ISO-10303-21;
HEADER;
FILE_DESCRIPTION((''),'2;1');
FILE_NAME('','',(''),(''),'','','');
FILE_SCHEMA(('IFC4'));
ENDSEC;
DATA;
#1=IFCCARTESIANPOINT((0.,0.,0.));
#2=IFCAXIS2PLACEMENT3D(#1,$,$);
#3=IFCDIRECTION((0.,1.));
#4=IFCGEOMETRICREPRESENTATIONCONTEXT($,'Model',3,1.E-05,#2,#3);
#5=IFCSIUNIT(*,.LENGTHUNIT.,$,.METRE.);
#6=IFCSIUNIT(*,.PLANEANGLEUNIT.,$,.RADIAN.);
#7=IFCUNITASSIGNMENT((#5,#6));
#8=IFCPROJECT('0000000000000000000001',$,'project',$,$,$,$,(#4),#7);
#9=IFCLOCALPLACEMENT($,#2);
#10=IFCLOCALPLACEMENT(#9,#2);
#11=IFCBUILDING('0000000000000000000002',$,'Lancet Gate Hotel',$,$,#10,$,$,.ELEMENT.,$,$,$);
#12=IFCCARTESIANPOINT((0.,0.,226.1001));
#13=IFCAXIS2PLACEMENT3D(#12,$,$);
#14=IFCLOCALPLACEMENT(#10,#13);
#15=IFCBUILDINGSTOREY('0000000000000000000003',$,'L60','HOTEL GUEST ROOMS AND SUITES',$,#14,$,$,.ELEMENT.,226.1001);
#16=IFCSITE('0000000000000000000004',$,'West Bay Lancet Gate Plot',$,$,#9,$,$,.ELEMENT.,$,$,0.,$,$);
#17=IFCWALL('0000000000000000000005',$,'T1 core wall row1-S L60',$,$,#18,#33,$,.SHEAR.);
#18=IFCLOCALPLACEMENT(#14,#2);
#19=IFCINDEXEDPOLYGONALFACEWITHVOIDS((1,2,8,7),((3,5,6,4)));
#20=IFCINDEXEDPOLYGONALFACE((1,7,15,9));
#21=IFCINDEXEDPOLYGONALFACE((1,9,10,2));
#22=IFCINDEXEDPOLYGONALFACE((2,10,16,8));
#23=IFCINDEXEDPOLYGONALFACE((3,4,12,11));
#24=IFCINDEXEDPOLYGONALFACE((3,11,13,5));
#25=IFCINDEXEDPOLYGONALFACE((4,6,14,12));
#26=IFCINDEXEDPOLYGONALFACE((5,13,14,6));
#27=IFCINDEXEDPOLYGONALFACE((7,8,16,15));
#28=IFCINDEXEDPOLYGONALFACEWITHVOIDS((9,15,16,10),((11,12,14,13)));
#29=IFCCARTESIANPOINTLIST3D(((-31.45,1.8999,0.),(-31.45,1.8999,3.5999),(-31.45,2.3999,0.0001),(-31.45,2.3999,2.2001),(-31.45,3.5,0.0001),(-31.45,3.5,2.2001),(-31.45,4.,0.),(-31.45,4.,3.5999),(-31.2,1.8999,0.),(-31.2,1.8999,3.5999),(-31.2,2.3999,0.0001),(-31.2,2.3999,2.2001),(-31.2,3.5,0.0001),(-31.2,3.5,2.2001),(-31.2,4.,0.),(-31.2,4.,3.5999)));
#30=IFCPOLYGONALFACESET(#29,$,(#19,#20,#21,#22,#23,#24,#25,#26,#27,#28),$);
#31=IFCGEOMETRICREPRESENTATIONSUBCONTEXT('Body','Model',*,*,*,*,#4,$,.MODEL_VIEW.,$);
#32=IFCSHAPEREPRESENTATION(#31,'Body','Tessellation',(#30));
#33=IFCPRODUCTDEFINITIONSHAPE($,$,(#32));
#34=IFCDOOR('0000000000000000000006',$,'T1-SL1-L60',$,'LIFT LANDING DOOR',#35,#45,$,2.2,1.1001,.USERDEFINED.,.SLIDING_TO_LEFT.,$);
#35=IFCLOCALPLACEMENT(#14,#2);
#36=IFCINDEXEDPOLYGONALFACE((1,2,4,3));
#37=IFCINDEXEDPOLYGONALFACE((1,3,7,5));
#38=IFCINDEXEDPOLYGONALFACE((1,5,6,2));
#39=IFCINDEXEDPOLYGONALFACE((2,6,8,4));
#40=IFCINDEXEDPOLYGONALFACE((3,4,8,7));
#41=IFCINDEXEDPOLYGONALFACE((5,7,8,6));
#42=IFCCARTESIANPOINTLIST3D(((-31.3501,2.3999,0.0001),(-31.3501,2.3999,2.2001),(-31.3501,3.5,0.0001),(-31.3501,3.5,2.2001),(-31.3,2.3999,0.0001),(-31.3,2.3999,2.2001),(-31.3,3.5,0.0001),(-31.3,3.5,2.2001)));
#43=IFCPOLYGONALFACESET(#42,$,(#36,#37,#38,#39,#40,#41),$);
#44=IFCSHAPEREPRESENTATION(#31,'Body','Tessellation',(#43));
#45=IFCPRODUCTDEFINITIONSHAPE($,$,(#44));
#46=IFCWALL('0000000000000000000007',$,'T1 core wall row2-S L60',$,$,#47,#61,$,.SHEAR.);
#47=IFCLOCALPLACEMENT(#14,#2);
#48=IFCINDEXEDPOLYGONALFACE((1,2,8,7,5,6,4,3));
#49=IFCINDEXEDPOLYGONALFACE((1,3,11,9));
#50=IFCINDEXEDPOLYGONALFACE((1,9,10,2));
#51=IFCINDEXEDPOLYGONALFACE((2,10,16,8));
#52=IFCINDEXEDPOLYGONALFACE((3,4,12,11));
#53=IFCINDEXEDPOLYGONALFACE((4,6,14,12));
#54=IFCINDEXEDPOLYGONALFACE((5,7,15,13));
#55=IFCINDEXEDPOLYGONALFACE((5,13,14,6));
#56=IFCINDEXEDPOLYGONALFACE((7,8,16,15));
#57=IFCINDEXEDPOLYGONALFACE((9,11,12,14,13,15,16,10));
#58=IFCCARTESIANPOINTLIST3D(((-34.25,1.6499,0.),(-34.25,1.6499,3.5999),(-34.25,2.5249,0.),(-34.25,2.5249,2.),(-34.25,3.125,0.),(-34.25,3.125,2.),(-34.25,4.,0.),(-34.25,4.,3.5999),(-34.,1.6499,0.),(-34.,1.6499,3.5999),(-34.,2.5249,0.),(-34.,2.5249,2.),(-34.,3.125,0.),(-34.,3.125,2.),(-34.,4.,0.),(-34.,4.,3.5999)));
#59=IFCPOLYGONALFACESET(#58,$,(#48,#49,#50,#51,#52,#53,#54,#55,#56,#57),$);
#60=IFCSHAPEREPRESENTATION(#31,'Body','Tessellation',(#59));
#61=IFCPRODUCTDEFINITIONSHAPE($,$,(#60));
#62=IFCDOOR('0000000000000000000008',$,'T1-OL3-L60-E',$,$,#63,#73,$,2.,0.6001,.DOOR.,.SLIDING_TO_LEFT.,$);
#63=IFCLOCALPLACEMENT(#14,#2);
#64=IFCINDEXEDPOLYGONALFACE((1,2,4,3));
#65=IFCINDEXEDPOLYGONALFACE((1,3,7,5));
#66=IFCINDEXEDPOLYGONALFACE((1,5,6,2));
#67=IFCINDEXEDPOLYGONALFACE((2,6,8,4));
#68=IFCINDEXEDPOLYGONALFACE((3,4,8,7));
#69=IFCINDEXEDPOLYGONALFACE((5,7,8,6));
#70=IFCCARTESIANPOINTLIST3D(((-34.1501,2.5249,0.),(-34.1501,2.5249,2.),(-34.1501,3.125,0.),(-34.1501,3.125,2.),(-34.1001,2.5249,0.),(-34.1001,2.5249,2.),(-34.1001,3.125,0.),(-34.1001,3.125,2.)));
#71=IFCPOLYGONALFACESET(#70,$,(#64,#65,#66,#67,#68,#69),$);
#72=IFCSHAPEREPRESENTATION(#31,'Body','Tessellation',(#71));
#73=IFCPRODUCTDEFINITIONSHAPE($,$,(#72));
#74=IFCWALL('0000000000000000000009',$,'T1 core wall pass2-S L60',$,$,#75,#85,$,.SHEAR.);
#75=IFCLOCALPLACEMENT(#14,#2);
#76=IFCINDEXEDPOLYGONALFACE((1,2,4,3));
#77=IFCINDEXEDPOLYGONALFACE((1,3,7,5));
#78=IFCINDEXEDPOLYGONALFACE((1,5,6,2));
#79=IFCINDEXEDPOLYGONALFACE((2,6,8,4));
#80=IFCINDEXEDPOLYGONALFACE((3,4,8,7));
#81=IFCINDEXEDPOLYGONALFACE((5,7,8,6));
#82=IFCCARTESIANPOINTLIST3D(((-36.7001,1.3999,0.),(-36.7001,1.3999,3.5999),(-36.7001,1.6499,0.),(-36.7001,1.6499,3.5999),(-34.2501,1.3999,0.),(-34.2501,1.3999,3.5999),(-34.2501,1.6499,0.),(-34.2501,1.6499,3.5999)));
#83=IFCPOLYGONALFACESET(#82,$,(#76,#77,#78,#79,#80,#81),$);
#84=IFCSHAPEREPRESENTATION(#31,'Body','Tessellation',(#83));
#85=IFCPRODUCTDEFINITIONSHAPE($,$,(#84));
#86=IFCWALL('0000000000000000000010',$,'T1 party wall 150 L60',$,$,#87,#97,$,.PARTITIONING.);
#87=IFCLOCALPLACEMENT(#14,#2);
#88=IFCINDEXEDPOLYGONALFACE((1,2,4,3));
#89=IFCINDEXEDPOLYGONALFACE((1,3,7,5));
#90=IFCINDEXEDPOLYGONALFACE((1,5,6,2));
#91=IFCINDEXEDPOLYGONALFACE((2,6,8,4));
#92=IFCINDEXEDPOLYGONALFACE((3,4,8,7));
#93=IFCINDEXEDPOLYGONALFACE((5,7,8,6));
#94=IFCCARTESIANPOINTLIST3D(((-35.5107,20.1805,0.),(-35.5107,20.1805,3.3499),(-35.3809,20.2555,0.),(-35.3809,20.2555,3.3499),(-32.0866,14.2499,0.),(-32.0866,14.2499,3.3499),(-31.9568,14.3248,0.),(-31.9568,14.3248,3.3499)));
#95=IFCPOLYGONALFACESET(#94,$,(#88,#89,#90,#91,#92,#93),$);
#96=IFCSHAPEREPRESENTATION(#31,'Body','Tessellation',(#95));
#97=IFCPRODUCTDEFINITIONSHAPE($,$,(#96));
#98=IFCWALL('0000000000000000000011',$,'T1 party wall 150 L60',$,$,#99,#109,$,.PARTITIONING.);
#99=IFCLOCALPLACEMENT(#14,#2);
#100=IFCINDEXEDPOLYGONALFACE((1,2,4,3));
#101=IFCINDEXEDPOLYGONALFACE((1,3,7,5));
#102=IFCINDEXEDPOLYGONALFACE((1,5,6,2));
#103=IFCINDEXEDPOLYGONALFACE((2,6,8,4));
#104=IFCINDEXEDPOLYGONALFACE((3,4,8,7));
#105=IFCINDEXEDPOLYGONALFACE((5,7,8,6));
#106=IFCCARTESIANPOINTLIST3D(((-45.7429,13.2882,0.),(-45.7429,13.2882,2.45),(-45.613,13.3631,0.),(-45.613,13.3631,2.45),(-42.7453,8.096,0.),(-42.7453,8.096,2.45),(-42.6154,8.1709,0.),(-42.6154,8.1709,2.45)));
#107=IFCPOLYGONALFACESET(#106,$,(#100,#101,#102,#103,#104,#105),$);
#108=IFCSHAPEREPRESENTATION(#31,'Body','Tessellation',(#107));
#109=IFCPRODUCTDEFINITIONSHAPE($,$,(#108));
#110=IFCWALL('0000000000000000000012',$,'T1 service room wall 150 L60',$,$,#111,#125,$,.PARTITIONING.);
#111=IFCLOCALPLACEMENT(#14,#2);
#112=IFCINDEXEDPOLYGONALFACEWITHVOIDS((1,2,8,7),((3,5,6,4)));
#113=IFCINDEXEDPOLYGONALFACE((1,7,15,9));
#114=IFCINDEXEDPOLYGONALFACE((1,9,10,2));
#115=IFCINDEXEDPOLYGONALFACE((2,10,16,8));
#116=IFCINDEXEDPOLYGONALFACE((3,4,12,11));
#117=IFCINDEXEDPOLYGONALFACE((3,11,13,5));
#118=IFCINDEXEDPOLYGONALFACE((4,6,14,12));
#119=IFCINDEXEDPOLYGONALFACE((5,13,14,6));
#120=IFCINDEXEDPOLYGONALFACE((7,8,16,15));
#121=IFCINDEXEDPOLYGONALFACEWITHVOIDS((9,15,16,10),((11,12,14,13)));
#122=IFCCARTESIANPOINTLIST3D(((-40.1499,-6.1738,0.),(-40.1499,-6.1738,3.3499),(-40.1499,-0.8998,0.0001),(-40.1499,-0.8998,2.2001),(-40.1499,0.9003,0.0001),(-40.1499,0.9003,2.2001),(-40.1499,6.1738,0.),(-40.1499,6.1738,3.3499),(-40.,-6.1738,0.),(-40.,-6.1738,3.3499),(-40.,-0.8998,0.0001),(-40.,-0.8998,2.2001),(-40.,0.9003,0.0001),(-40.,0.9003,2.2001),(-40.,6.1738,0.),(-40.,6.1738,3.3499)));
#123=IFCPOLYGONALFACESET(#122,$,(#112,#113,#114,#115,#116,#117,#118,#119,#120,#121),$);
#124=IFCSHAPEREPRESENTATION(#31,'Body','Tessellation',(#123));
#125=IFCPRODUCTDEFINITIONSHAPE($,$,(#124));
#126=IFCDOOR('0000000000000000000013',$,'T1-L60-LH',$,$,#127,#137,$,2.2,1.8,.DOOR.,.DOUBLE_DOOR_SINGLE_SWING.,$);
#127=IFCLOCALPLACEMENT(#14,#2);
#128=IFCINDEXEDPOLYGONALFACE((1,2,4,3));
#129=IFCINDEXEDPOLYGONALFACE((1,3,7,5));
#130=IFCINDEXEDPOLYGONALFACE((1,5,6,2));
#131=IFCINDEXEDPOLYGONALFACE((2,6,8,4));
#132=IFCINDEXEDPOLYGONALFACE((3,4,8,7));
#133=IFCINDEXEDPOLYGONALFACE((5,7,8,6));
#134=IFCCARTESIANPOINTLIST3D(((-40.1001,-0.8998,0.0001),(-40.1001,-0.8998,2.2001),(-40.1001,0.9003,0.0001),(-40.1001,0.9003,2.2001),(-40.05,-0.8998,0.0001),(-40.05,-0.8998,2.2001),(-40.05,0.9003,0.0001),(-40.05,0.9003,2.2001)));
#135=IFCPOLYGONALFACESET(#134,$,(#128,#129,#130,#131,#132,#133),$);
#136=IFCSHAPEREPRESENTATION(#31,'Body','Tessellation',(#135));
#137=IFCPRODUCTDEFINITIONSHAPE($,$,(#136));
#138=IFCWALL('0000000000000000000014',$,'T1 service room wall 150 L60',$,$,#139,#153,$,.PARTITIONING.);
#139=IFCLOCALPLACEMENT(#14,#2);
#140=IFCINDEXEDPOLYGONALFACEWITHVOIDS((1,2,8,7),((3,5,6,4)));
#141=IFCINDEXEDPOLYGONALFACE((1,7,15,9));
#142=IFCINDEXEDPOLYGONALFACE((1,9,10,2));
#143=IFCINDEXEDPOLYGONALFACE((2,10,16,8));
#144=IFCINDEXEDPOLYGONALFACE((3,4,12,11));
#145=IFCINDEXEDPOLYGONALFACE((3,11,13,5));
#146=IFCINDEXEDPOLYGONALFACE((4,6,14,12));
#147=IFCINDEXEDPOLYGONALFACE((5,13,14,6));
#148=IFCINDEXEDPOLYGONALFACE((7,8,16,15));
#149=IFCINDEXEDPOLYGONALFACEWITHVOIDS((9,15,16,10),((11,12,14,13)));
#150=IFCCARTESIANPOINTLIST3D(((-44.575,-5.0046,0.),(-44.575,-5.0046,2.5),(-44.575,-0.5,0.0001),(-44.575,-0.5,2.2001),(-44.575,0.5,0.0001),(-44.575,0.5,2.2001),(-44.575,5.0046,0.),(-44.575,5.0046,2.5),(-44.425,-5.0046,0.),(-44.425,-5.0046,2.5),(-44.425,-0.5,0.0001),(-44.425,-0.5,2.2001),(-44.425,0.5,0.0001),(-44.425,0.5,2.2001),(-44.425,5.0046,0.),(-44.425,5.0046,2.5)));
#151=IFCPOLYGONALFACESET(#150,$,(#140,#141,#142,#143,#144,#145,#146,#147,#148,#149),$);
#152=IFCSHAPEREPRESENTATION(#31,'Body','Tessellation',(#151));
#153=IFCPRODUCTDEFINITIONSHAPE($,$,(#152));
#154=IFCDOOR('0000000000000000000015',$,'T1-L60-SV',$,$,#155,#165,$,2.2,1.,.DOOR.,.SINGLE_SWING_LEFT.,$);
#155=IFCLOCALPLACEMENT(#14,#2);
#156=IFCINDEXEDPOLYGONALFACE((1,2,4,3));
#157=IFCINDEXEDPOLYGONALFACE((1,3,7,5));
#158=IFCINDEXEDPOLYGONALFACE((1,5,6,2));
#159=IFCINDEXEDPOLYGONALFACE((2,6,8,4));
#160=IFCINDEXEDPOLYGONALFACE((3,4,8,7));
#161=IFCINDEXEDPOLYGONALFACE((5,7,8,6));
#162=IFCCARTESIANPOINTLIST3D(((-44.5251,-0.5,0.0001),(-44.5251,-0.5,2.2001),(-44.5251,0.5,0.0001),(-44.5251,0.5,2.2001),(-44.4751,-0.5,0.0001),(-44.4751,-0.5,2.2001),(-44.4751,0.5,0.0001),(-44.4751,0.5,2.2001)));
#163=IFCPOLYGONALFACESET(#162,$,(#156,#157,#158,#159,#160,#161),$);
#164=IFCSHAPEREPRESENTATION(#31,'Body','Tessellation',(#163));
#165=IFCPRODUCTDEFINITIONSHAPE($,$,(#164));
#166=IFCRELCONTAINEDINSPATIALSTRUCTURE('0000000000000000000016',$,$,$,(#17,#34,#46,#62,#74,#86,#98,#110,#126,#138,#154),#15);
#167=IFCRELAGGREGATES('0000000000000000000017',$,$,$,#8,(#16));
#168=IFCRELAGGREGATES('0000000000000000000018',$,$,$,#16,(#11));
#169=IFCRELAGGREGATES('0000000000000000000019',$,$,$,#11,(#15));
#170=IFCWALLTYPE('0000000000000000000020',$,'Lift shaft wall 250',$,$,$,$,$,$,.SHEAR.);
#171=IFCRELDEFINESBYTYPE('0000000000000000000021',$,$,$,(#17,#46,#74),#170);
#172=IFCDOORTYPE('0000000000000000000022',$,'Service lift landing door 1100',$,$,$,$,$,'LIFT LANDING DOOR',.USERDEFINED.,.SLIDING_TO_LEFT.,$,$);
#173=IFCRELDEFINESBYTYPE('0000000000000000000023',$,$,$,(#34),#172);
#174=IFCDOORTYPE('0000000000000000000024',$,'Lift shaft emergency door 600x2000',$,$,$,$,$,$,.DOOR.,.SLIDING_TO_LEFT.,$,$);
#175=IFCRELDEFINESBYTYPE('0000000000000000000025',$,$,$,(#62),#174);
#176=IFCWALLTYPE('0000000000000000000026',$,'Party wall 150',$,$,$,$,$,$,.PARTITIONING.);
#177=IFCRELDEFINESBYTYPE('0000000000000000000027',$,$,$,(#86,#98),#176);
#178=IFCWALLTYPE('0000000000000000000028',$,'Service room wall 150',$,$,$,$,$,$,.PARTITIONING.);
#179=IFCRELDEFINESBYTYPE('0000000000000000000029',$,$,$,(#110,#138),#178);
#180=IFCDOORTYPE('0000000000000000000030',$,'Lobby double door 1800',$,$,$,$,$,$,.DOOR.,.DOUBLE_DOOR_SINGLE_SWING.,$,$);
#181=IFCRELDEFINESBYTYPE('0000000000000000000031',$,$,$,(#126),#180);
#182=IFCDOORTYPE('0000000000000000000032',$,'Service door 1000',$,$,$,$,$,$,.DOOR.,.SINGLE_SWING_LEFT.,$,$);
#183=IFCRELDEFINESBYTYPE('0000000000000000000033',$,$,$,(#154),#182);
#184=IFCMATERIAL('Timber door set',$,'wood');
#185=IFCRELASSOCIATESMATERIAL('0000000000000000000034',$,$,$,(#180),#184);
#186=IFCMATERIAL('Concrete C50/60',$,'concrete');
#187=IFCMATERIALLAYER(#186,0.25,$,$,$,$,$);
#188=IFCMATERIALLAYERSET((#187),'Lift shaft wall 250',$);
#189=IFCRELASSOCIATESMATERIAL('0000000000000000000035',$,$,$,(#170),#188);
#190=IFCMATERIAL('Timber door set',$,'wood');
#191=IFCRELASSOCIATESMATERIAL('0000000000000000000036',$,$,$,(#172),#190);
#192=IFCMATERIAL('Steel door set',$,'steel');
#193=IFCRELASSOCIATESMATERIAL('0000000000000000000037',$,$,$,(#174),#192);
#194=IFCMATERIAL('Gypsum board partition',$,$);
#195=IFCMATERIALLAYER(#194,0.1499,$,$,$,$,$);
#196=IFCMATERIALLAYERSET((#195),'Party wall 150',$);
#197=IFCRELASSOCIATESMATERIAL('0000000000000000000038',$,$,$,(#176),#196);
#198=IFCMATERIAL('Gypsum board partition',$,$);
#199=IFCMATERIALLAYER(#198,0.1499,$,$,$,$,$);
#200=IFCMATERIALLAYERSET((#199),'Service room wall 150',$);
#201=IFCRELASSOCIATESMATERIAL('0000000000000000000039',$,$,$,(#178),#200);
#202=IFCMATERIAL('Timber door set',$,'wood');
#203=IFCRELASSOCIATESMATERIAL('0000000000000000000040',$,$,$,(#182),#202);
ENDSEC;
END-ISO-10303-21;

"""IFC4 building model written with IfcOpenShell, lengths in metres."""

from ifc_helpers import new_model, si_unit, direction, frame, frame_2d, origin, place, context, subcontext, project, spatial, rectangle, extrude, material, layer, layer_set, type_object, element, fill, save


model = new_model("IFC4")

# Units and contexts
model_context = context("Model", 3, precision=1e-05, world=origin(), true_north=direction((0.0, 1.0)))
body_context = subcontext(model_context, "Body", "Model", "MODEL_VIEW")
ifc_project = project(units=[si_unit("LENGTHUNIT", "METRE"), si_unit("PLANEANGLEUNIT", "RADIAN")], contexts=[model_context])

# Site, building, storey
site_placement = place(None, origin())
site = spatial("IfcSite", under=ifc_project, at=site_placement, Name="West Bay Lancet Gate Plot", CompositionType="ELEMENT", RefElevation=0.0)
building_placement = place(site_placement, origin())
building = spatial("IfcBuilding", under=site, at=building_placement, Name="Lancet Gate Hotel", CompositionType="ELEMENT")
storey_placement = place(building_placement, frame((0.0, 0.0, 226.1001)))
storey = spatial("IfcBuildingStorey", under=building, at=storey_placement, Name="L60", Description="HOTEL GUEST ROOMS AND SUITES", CompositionType="ELEMENT", Elevation=226.1001)

# Walls, openings, doors
ifc_material_1 = material(Name="Timber door set", Category="wood")
door_type_1 = type_object("IfcDoorType", Name="Lobby double door 1800", OperationType="DOUBLE_DOOR_SINGLE_SWING", PredefinedType="DOOR", material=ifc_material_1)
ifc_material_2 = material(Name="Concrete C50/60", Category="concrete")
ifc_layer_1 = layer(ifc_material_2, 0.25)
ifc_layer_set_1 = layer_set([ifc_layer_1], Name="Lift shaft wall 250")
wall_type_1 = type_object("IfcWallType", Name="Lift shaft wall 250", PredefinedType="SHEAR", material=ifc_layer_set_1)
wall_1_placement = place(storey_placement, frame((-31.325, 4.0, 0.0), z_axis=(0.0, 0.0, 1.0), x_axis=(0.0, -1.0, 0.0)))
wall_1 = element("IfcWall", 1, at=wall_1_placement, inside=storey, type_object=wall_type_1, Name="T1 core wall row1-S L60", PredefinedType="SHEAR", context=body_context, shape_type="SweptSolid", body=[
    extrude(rectangle(XDim=2.1001, YDim=0.25, at=frame_2d((1.05, 0.0))), origin(), (0.0, 0.0, 1.0), 3.5999),
])
opening_1_placement = place(wall_1_placement, frame((0.5, 0.0, 0.0)))
opening_1 = element("IfcOpeningElement", 2, at=opening_1_placement, cuts=wall_1, PredefinedType="OPENING", context=body_context, shape_type="SweptSolid", body=[
    extrude(rectangle(XDim=1.1001, YDim=2.2, at=frame_2d((0.55, 1.1001))), frame((0.0, 0.135, 0.0), z_axis=(0.0, -1.0, 0.0), x_axis=(1.0, 0.0, 0.0)), (0.0, 0.0, 1.0), 0.27),
])
ifc_material_3 = material(Name="Timber door set", Category="wood")
door_type_2 = type_object("IfcDoorType", Name="Service lift landing door 1100", ElementType="LIFT LANDING DOOR", OperationType="SLIDING_TO_LEFT", PredefinedType="USERDEFINED", material=ifc_material_3)
door_1_placement = place(opening_1_placement, origin())
door_1 = element("IfcDoor", 3, at=door_1_placement, inside=storey, type_object=door_type_2, Name="T1-SL1-L60", ObjectType="LIFT LANDING DOOR", OperationType="SLIDING_TO_LEFT", OverallHeight=2.2, OverallWidth=1.1001, PredefinedType="USERDEFINED", context=body_context, shape_type="SweptSolid", body=[
    extrude(rectangle(XDim=1.1001, YDim=2.2, at=frame_2d((0.55, 1.1001))), frame((0.0, 0.0249, 0.0), z_axis=(0.0, -1.0, 0.0), x_axis=(1.0, 0.0, 0.0)), (0.0, 0.0, 1.0), 0.05),
])
fill(opening_1, door_1)
wall_2_placement = place(storey_placement, frame((-34.125, 4.0, 0.0), z_axis=(0.0, 0.0, 1.0), x_axis=(0.0, -1.0, 0.0)))
wall_2 = element("IfcWall", 4, at=wall_2_placement, inside=storey, type_object=wall_type_1, Name="T1 core wall row2-S L60", PredefinedType="SHEAR", context=body_context, shape_type="SweptSolid", body=[
    extrude(rectangle(XDim=2.3501, YDim=0.25, at=frame_2d((1.175, 0.0))), origin(), (0.0, 0.0, 1.0), 3.5999),
])
opening_2_placement = place(wall_2_placement, frame((0.875, 0.0, 0.0)))
opening_2 = element("IfcOpeningElement", 5, at=opening_2_placement, cuts=wall_2, PredefinedType="OPENING", context=body_context, shape_type="SweptSolid", body=[
    extrude(rectangle(XDim=0.6001, YDim=2.0, at=frame_2d((0.3, 1.0))), frame((0.0, 0.135, 0.0), z_axis=(0.0, -1.0, 0.0), x_axis=(1.0, 0.0, 0.0)), (0.0, 0.0, 1.0), 0.27),
])
ifc_material_4 = material(Name="Steel door set", Category="steel")
door_type_3 = type_object("IfcDoorType", Name="Lift shaft emergency door 600x2000", OperationType="SLIDING_TO_LEFT", PredefinedType="DOOR", material=ifc_material_4)
door_2_placement = place(opening_2_placement, origin())
door_2 = element("IfcDoor", 6, at=door_2_placement, inside=storey, type_object=door_type_3, Name="T1-OL3-L60-E", OperationType="SLIDING_TO_LEFT", OverallHeight=2.0, OverallWidth=0.6001, PredefinedType="DOOR", context=body_context, shape_type="SweptSolid", body=[
    extrude(rectangle(XDim=0.6001, YDim=2.0, at=frame_2d((0.3, 1.0))), frame((0.0, 0.0249, 0.0), z_axis=(0.0, -1.0, 0.0), x_axis=(1.0, 0.0, 0.0)), (0.0, 0.0, 1.0), 0.05),
])
fill(opening_2, door_2)

# Walls
wall_3_placement = place(storey_placement, frame((-34.25, 1.5249, 0.0), z_axis=(0.0, 0.0, 1.0), x_axis=(-1.0, 0.0, 0.0)))
element("IfcWall", 7, at=wall_3_placement, inside=storey, type_object=wall_type_1, Name="T1 core wall pass2-S L60", PredefinedType="SHEAR", context=body_context, shape_type="SweptSolid", body=[
    extrude(rectangle(XDim=2.45, YDim=0.25, at=frame_2d((1.2251, 0.0))), origin(), (0.0, 0.0, 1.0), 3.5999),
])
ifc_material_5 = material(Name="Gypsum board partition")
ifc_layer_2 = layer(ifc_material_5, 0.1499)
ifc_layer_set_2 = layer_set([ifc_layer_2], Name="Party wall 150")
wall_type_2 = type_object("IfcWallType", Name="Party wall 150", PredefinedType="PARTITIONING", material=ifc_layer_set_2)
wall_4_placement = place(storey_placement, frame((-32.0217, 14.2874, 0.0), z_axis=(0.0, 0.0, 1.0), x_axis=(-0.5, 0.866025, 0.0)))
element("IfcWall", 8, at=wall_4_placement, inside=storey, type_object=wall_type_2, Name="T1 party wall 150 L60", PredefinedType="PARTITIONING", context=body_context, shape_type="SweptSolid", body=[
    extrude(rectangle(XDim=6.8481, YDim=0.1499, at=frame_2d((3.4241, 0.0))), origin(), (0.0, 0.0, 1.0), 3.3499),
])
wall_5_placement = place(storey_placement, frame((-42.6804, 8.1335, 0.0), z_axis=(0.0, 0.0, 1.0), x_axis=(-0.499984, 0.866034, 0.0)))
element("IfcWall", 9, at=wall_5_placement, inside=storey, type_object=wall_type_2, Name="T1 party wall 150 L60", PredefinedType="PARTITIONING", context=body_context, shape_type="SweptSolid", body=[
    extrude(rectangle(XDim=5.9954, YDim=0.1499, at=frame_2d((2.9976, 0.0))), origin(), (0.0, 0.0, 1.0), 2.45),
])

# Walls, openings, doors
ifc_material_6 = material(Name="Gypsum board partition")
ifc_layer_3 = layer(ifc_material_6, 0.1499)
ifc_layer_set_3 = layer_set([ifc_layer_3], Name="Service room wall 150")
wall_type_3 = type_object("IfcWallType", Name="Service room wall 150", PredefinedType="PARTITIONING", material=ifc_layer_set_3)
wall_6_placement = place(storey_placement, frame((-40.075, 6.1738, 0.0), z_axis=(0.0, 0.0, 1.0), x_axis=(0.0, -1.0, 0.0)))
wall_6 = element("IfcWall", 10, at=wall_6_placement, inside=storey, type_object=wall_type_3, Name="T1 service room wall 150 L60", PredefinedType="PARTITIONING", context=body_context, shape_type="SweptSolid", body=[
    extrude(rectangle(XDim=12.3477, YDim=0.1499, at=frame_2d((6.1738, 0.0))), origin(), (0.0, 0.0, 1.0), 3.3499),
])
opening_3_placement = place(wall_6_placement, frame((5.2737, 0.0, 0.0)))
opening_3 = element("IfcOpeningElement", 11, at=opening_3_placement, cuts=wall_6, PredefinedType="OPENING", context=body_context, shape_type="SweptSolid", body=[
    extrude(rectangle(XDim=1.8, YDim=2.2, at=frame_2d((0.8999, 1.1001))), frame((0.0, 0.085, 0.0), z_axis=(0.0, -1.0, 0.0), x_axis=(1.0, 0.0, 0.0)), (0.0, 0.0, 1.0), 0.1699),
])
door_3_placement = place(opening_3_placement, origin())
door_3 = element("IfcDoor", 12, at=door_3_placement, inside=storey, type_object=door_type_1, Name="T1-L60-LH", OperationType="DOUBLE_DOOR_SINGLE_SWING", OverallHeight=2.2, OverallWidth=1.8, PredefinedType="DOOR", context=body_context, shape_type="SweptSolid", body=[
    extrude(rectangle(XDim=1.8, YDim=2.2, at=frame_2d((0.8999, 1.1001))), frame((0.0, 0.0249, 0.0), z_axis=(0.0, -1.0, 0.0), x_axis=(1.0, 0.0, 0.0)), (0.0, 0.0, 1.0), 0.05),
])
fill(opening_3, door_3)
wall_7_placement = place(storey_placement, frame((-44.5, 5.0046, 0.0), z_axis=(0.0, 0.0, 1.0), x_axis=(0.0, -1.0, 0.0)))
wall_7 = element("IfcWall", 13, at=wall_7_placement, inside=storey, type_object=wall_type_3, Name="T1 service room wall 150 L60", PredefinedType="PARTITIONING", context=body_context, shape_type="SweptSolid", body=[
    extrude(rectangle(XDim=10.0093, YDim=0.1499, at=frame_2d((5.0046, 0.0))), origin(), (0.0, 0.0, 1.0), 2.5),
])
opening_4_placement = place(wall_7_placement, frame((4.5046, 0.0, 0.0)))
opening_4 = element("IfcOpeningElement", 14, at=opening_4_placement, cuts=wall_7, PredefinedType="OPENING", context=body_context, shape_type="SweptSolid", body=[
    extrude(rectangle(XDim=1.0, YDim=2.2, at=frame_2d((0.5, 1.1001))), frame((0.0, 0.085, 0.0), z_axis=(0.0, -1.0, 0.0), x_axis=(1.0, 0.0, 0.0)), (0.0, 0.0, 1.0), 0.1699),
])
ifc_material_7 = material(Name="Timber door set", Category="wood")
door_type_4 = type_object("IfcDoorType", Name="Service door 1000", OperationType="SINGLE_SWING_LEFT", PredefinedType="DOOR", material=ifc_material_7)
door_4_placement = place(opening_4_placement, origin())
door_4 = element("IfcDoor", 15, at=door_4_placement, inside=storey, type_object=door_type_4, Name="T1-L60-SV", OperationType="SINGLE_SWING_LEFT", OverallHeight=2.2, OverallWidth=1.0, PredefinedType="DOOR", context=body_context, shape_type="SweptSolid", body=[
    extrude(rectangle(XDim=1.0, YDim=2.2, at=frame_2d((0.5, 1.1001))), frame((0.0, 0.0249, 0.0), z_axis=(0.0, -1.0, 0.0), x_axis=(1.0, 0.0, 0.0)), (0.0, 0.0, 1.0), 0.05),
])
fill(opening_4, door_4)

save(model, "model.ifc")
